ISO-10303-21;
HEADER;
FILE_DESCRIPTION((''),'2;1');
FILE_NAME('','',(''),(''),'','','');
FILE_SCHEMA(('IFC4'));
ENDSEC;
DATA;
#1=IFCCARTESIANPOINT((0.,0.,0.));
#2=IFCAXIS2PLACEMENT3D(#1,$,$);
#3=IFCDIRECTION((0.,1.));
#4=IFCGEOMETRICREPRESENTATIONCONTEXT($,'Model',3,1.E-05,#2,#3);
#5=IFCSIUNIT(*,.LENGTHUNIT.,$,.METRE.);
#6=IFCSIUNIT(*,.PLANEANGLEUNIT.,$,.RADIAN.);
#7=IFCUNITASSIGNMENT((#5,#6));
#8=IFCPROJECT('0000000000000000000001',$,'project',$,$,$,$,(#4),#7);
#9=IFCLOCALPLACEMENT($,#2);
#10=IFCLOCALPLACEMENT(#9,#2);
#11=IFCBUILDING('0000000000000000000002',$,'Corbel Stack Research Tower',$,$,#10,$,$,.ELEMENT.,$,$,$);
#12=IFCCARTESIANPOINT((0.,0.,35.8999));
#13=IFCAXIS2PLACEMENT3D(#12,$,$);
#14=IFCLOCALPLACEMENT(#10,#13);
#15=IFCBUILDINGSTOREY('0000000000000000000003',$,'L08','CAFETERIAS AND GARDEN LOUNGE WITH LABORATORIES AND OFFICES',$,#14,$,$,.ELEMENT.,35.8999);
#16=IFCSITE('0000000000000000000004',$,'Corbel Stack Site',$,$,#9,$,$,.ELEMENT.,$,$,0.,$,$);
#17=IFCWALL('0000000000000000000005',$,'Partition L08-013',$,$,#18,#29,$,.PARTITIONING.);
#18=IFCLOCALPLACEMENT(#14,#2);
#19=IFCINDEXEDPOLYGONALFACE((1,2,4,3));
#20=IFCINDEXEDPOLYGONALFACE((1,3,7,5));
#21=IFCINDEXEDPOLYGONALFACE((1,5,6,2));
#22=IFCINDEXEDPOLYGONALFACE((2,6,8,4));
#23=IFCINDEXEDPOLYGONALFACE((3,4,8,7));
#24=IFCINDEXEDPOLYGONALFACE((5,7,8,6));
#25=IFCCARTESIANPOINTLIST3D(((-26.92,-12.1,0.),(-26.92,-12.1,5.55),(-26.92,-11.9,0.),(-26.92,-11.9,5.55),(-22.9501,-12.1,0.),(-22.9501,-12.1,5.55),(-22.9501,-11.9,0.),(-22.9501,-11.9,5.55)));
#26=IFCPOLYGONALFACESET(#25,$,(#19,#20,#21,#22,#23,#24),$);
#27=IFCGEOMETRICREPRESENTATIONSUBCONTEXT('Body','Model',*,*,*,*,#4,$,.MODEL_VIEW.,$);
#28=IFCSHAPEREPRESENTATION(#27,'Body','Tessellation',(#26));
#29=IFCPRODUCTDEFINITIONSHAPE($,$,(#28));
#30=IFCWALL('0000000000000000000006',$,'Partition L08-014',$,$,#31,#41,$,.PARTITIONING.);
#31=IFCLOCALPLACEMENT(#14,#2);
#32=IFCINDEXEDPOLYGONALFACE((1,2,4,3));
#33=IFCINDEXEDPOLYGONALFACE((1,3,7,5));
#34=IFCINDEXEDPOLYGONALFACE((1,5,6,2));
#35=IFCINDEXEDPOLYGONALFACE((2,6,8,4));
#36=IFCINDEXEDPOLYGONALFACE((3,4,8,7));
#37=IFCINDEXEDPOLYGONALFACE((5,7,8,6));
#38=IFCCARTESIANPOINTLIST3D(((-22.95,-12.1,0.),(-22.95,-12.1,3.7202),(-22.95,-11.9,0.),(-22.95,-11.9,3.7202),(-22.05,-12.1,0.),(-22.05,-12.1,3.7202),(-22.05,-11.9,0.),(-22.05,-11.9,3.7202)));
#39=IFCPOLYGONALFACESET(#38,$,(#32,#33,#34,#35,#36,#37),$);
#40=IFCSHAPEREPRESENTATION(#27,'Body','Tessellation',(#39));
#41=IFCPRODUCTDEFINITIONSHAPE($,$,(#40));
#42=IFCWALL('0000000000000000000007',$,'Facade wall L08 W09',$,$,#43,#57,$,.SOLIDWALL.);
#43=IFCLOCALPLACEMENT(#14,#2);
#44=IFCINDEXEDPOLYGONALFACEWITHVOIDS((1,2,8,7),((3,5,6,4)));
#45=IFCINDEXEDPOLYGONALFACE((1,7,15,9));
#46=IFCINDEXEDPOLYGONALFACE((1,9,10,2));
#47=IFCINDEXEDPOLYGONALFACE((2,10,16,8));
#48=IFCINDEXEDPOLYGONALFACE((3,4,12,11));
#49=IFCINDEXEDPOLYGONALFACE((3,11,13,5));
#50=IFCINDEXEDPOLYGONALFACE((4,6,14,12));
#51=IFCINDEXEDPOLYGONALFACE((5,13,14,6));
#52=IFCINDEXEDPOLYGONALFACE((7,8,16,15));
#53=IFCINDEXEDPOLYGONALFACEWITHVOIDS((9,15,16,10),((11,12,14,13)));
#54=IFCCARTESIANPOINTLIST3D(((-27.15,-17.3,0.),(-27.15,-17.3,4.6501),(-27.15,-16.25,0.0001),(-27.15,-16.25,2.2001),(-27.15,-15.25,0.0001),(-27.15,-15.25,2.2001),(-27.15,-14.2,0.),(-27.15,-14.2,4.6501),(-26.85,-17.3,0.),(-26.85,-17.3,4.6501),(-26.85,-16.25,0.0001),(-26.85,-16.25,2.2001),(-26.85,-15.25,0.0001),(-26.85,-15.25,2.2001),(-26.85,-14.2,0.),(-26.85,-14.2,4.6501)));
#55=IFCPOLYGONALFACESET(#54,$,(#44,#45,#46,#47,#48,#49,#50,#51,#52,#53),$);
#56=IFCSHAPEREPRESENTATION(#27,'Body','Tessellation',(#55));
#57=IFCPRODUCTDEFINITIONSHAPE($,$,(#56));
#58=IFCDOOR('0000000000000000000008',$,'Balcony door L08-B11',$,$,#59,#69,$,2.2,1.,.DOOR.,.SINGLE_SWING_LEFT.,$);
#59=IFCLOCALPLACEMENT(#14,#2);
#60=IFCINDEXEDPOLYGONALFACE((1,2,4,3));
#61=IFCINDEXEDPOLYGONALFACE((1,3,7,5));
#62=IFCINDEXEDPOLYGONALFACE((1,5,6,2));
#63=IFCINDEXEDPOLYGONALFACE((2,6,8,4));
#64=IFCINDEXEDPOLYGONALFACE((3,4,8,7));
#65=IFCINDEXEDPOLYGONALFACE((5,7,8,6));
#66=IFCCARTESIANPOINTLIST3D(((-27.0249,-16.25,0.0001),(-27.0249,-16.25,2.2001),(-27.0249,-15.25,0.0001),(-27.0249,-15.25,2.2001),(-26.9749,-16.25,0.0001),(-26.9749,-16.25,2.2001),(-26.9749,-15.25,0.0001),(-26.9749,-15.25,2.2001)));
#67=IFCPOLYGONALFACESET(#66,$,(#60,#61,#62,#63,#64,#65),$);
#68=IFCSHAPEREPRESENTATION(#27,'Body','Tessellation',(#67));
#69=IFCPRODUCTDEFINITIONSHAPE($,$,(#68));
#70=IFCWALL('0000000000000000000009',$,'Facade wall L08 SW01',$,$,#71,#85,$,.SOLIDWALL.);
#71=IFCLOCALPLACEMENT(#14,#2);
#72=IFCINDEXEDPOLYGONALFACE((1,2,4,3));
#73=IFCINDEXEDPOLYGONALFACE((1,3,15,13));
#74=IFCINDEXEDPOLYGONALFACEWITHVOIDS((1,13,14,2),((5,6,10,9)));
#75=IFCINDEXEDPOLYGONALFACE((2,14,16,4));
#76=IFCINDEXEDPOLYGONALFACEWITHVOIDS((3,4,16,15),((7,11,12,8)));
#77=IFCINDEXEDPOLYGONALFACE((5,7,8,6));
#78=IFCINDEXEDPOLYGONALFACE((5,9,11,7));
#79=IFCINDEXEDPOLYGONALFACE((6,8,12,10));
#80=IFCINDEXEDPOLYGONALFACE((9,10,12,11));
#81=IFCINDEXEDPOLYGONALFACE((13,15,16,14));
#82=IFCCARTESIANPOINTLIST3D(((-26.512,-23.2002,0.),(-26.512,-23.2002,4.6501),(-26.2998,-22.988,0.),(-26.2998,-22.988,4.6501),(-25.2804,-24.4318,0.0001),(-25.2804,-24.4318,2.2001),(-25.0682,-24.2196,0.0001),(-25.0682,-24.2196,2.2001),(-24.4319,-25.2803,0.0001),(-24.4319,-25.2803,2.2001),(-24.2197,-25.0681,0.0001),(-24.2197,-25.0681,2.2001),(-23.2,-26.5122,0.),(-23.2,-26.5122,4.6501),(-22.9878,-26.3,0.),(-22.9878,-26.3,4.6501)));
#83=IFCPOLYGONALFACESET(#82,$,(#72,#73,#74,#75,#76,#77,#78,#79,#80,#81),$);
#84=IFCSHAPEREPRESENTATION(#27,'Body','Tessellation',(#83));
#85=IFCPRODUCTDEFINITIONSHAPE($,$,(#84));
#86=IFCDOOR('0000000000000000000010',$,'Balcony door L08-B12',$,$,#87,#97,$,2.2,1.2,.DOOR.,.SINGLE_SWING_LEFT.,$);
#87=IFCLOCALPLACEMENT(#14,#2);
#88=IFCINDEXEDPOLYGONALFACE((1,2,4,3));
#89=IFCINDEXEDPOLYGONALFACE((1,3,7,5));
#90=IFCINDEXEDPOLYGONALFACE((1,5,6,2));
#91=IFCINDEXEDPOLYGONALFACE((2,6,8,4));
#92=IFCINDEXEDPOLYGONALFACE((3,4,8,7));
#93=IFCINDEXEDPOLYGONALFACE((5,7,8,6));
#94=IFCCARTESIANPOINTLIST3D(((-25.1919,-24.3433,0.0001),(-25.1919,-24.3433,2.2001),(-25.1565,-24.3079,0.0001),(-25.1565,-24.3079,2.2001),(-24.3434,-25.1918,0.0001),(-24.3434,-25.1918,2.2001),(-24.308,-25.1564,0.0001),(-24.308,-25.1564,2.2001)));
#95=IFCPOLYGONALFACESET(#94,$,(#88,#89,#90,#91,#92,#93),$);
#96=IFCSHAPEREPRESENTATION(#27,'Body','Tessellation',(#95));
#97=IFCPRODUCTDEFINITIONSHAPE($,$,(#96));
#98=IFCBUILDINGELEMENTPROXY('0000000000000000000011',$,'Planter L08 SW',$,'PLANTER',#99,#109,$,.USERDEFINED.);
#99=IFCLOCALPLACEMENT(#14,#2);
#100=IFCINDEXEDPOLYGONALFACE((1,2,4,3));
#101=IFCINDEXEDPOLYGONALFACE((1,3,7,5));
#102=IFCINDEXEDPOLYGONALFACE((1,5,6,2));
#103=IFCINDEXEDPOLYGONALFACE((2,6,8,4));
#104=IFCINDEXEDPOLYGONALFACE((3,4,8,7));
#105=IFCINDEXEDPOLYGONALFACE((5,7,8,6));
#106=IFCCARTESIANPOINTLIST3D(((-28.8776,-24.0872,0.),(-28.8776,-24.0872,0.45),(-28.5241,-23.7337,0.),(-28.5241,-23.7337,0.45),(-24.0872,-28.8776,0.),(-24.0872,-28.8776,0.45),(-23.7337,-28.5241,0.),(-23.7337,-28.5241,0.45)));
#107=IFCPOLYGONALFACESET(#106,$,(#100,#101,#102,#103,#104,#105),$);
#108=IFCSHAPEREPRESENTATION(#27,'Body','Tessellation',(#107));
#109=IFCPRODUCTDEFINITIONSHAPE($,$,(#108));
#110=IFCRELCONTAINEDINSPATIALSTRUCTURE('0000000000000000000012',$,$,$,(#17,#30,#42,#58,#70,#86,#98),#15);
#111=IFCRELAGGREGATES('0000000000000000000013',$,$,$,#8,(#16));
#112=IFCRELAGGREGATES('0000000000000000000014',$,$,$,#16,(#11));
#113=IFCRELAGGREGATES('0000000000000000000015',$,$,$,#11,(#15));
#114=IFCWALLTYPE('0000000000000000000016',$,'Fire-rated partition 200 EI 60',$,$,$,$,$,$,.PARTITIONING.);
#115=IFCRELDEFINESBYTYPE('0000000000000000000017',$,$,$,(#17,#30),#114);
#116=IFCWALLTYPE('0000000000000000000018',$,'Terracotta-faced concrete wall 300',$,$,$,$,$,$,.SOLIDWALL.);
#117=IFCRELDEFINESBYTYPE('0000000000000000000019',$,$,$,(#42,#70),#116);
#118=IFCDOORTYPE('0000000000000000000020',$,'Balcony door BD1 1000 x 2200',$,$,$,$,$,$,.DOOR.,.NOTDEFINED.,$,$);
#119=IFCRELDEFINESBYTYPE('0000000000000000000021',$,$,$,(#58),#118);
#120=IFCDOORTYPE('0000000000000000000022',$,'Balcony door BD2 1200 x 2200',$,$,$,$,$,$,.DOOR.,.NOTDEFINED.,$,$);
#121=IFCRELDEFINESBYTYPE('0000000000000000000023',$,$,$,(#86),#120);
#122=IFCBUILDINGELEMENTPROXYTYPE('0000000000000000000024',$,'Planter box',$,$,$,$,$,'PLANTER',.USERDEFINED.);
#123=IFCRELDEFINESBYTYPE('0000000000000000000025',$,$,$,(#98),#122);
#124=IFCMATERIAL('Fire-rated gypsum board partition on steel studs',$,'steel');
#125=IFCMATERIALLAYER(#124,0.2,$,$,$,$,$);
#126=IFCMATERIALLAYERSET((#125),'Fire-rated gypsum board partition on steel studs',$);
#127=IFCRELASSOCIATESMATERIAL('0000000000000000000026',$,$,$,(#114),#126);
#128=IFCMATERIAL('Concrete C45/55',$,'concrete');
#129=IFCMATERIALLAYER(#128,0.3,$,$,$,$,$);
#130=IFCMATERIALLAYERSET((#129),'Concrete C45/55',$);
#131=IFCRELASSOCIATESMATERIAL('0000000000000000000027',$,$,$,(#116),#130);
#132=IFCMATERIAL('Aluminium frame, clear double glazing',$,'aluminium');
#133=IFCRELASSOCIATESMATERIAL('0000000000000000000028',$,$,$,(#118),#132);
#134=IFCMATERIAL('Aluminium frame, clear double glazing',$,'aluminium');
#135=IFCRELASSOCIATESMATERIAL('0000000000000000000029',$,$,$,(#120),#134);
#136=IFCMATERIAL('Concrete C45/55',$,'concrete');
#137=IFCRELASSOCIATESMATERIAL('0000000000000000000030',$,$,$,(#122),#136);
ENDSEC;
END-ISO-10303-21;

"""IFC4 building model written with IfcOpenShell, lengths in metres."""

from ifc_helpers import new_model, si_unit, direction, frame, frame_2d, origin, origin_2d, place, context, subcontext, project, spatial, rectangle, extrude, material, layer, layer_set, type_object, element, fill, save


model = new_model("IFC4")

# Units and contexts
model_context = context("Model", 3, precision=1e-05, world=origin(), true_north=direction((0.0, 1.0)))
body_context = subcontext(model_context, "Body", "Model", "MODEL_VIEW")
ifc_project = project(units=[si_unit("LENGTHUNIT", "METRE"), si_unit("PLANEANGLEUNIT", "RADIAN")], contexts=[model_context])

# Site, building, storey
site_placement = place(None, origin())
site = spatial("IfcSite", under=ifc_project, at=site_placement, Name="Corbel Stack Site", CompositionType="ELEMENT", RefElevation=0.0)
building_placement = place(site_placement, origin())
building = spatial("IfcBuilding", under=site, at=building_placement, Name="Corbel Stack Research Tower", CompositionType="ELEMENT")
storey_placement = place(building_placement, frame((0.0, 0.0, 35.8999)))
storey = spatial("IfcBuildingStorey", under=building, at=storey_placement, Name="L08", Description="CAFETERIAS AND GARDEN LOUNGE WITH LABORATORIES AND OFFICES", CompositionType="ELEMENT", Elevation=35.8999)

# Walls
ifc_material_1 = material(Name="Fire-rated gypsum board partition on steel studs", Category="steel")
ifc_layer_1 = layer(ifc_material_1, 0.2)
ifc_layer_set_1 = layer_set([ifc_layer_1], Name="Fire-rated gypsum board partition on steel studs")
wall_type_1 = type_object("IfcWallType", Name="Fire-rated partition 200 EI 60", PredefinedType="PARTITIONING", material=ifc_layer_set_1)
wall_1_placement = place(storey_placement, frame((-26.9199, -12.0, 0.0), z_axis=(0.0, 0.0, 1.0), x_axis=(1.0, 0.0, 0.0)))
element("IfcWall", 1, at=wall_1_placement, inside=storey, type_object=wall_type_1, Name="Partition L08-013", PredefinedType="PARTITIONING", context=body_context, shape_type="SweptSolid", body=[
    extrude(rectangle(XDim=3.97, YDim=0.2, at=frame_2d((1.9849, 0.0))), origin(), (0.0, 0.0, 1.0), 5.55),
])
wall_2_placement = place(storey_placement, frame((-22.95, -12.0, 0.0), z_axis=(0.0, 0.0, 1.0), x_axis=(1.0, 0.0, 0.0)))
element("IfcWall", 2, at=wall_2_placement, inside=storey, type_object=wall_type_1, Name="Partition L08-014", PredefinedType="PARTITIONING", context=body_context, shape_type="SweptSolid", body=[
    extrude(rectangle(XDim=0.8999, YDim=0.2, at=frame_2d((0.45, 0.0))), origin(), (0.0, 0.0, 1.0), 3.7202),
])

# Walls, openings, doors
ifc_material_2 = material(Name="Concrete C45/55", Category="concrete")
ifc_layer_2 = layer(ifc_material_2, 0.3)
ifc_layer_set_2 = layer_set([ifc_layer_2], Name="Concrete C45/55")
wall_type_2 = type_object("IfcWallType", Name="Terracotta-faced concrete wall 300", PredefinedType="SOLIDWALL", material=ifc_layer_set_2)
wall_3_placement = place(storey_placement, frame((-27.0, -17.3, 0.0), z_axis=(0.0, 0.0, 1.0), x_axis=(0.0, 1.0, 0.0)))
wall_3 = element("IfcWall", 3, at=wall_3_placement, inside=storey, type_object=wall_type_2, Name="Facade wall L08 W09", PredefinedType="SOLIDWALL", context=body_context, shape_type="SweptSolid", body=[
    extrude(rectangle(XDim=3.1001, YDim=0.3, at=frame_2d((1.55, 0.0))), origin(), (0.0, 0.0, 1.0), 4.6501),
])
opening_1_placement = place(wall_3_placement, frame((1.05, 0.0, 0.0)))
opening_1 = element("IfcOpeningElement", 4, at=opening_1_placement, cuts=wall_3, PredefinedType="OPENING", context=body_context, shape_type="SweptSolid", body=[
    extrude(rectangle(XDim=1.0, YDim=2.2, at=frame_2d((0.5, 1.1001))), frame((0.0, 0.1599, 0.0), z_axis=(0.0, -1.0, 0.0), x_axis=(1.0, 0.0, 0.0)), (0.0, 0.0, 1.0), 0.3201),
])
ifc_material_3 = material(Name="Aluminium frame, clear double glazing", Category="aluminium")
door_type_1 = type_object("IfcDoorType", Name="Balcony door BD1 1000 x 2200", OperationType="NOTDEFINED", PredefinedType="DOOR", material=ifc_material_3)
door_1_placement = place(opening_1_placement, origin())
door_1 = element("IfcDoor", 5, at=door_1_placement, inside=storey, type_object=door_type_1, Name="Balcony door L08-B11", OperationType="SINGLE_SWING_LEFT", OverallHeight=2.2, OverallWidth=1.0, PredefinedType="DOOR", context=body_context, shape_type="SweptSolid", body=[
    extrude(rectangle(XDim=1.0, YDim=2.2, at=frame_2d((0.5, 1.1001))), frame((0.0, 0.0249, 0.0), z_axis=(0.0, -1.0, 0.0), x_axis=(1.0, 0.0, 0.0)), (0.0, 0.0, 1.0), 0.05),
])
fill(opening_1, door_1)
wall_4_placement = place(storey_placement, frame((-23.094, -26.406, 0.0), z_axis=(0.0, 0.0, 1.0), x_axis=(-0.707107, 0.707107, 0.0)))
wall_4 = element("IfcWall", 6, at=wall_4_placement, inside=storey, type_object=wall_type_2, Name="Facade wall L08 SW01", PredefinedType="SOLIDWALL", context=body_context, shape_type="SweptSolid", body=[
    extrude(rectangle(XDim=4.6838, YDim=0.3, at=frame_2d((2.3418, 0.0))), origin(), (0.0, 0.0, 1.0), 4.6501),
])
opening_2_placement = place(wall_4_placement, frame((1.7419, 0.0, 0.0)))
opening_2 = element("IfcOpeningElement", 7, at=opening_2_placement, cuts=wall_4, PredefinedType="OPENING", context=body_context, shape_type="SweptSolid", body=[
    extrude(rectangle(XDim=1.2, YDim=2.2, at=frame_2d((0.6001, 1.1001))), frame((0.0, 0.1599, 0.0), z_axis=(0.0, -1.0, 0.0), x_axis=(1.0, 0.0, 0.0)), (0.0, 0.0, 1.0), 0.3201),
])
ifc_material_4 = material(Name="Aluminium frame, clear double glazing", Category="aluminium")
door_type_2 = type_object("IfcDoorType", Name="Balcony door BD2 1200 x 2200", OperationType="NOTDEFINED", PredefinedType="DOOR", material=ifc_material_4)
door_2_placement = place(opening_2_placement, origin())
door_2 = element("IfcDoor", 8, at=door_2_placement, inside=storey, type_object=door_type_2, Name="Balcony door L08-B12", OperationType="SINGLE_SWING_LEFT", OverallHeight=2.2, OverallWidth=1.2, PredefinedType="DOOR", context=body_context, shape_type="SweptSolid", body=[
    extrude(rectangle(XDim=1.2, YDim=2.2, at=frame_2d((0.6001, 1.1001))), frame((0.0, 0.0249, 0.0), z_axis=(0.0, -1.0, 0.0), x_axis=(1.0, 0.0, 0.0)), (0.0, 0.0, 1.0), 0.05),
])
fill(opening_2, door_2)

# Building element proxy
ifc_material_5 = material(Name="Concrete C45/55", Category="concrete")
building_element_proxy_type = type_object("IfcBuildingElementProxyType", Name="Planter box", ElementType="PLANTER", PredefinedType="USERDEFINED", material=ifc_material_5)
proxy_placement = place(storey_placement, frame((-26.3057, -26.3057, 0.0), z_axis=(0.0, 0.0, 1.0), x_axis=(0.707107, -0.707107, 0.0)))
element("IfcBuildingElementProxy", 9, at=proxy_placement, inside=storey, type_object=building_element_proxy_type, Name="Planter L08 SW", ObjectType="PLANTER", PredefinedType="USERDEFINED", context=body_context, shape_type="SweptSolid", body=[
    extrude(rectangle(XDim=6.7747, YDim=0.5, at=origin_2d()), origin(), (0.0, 0.0, 1.0), 0.45),
])

save(model, "model.ifc")
